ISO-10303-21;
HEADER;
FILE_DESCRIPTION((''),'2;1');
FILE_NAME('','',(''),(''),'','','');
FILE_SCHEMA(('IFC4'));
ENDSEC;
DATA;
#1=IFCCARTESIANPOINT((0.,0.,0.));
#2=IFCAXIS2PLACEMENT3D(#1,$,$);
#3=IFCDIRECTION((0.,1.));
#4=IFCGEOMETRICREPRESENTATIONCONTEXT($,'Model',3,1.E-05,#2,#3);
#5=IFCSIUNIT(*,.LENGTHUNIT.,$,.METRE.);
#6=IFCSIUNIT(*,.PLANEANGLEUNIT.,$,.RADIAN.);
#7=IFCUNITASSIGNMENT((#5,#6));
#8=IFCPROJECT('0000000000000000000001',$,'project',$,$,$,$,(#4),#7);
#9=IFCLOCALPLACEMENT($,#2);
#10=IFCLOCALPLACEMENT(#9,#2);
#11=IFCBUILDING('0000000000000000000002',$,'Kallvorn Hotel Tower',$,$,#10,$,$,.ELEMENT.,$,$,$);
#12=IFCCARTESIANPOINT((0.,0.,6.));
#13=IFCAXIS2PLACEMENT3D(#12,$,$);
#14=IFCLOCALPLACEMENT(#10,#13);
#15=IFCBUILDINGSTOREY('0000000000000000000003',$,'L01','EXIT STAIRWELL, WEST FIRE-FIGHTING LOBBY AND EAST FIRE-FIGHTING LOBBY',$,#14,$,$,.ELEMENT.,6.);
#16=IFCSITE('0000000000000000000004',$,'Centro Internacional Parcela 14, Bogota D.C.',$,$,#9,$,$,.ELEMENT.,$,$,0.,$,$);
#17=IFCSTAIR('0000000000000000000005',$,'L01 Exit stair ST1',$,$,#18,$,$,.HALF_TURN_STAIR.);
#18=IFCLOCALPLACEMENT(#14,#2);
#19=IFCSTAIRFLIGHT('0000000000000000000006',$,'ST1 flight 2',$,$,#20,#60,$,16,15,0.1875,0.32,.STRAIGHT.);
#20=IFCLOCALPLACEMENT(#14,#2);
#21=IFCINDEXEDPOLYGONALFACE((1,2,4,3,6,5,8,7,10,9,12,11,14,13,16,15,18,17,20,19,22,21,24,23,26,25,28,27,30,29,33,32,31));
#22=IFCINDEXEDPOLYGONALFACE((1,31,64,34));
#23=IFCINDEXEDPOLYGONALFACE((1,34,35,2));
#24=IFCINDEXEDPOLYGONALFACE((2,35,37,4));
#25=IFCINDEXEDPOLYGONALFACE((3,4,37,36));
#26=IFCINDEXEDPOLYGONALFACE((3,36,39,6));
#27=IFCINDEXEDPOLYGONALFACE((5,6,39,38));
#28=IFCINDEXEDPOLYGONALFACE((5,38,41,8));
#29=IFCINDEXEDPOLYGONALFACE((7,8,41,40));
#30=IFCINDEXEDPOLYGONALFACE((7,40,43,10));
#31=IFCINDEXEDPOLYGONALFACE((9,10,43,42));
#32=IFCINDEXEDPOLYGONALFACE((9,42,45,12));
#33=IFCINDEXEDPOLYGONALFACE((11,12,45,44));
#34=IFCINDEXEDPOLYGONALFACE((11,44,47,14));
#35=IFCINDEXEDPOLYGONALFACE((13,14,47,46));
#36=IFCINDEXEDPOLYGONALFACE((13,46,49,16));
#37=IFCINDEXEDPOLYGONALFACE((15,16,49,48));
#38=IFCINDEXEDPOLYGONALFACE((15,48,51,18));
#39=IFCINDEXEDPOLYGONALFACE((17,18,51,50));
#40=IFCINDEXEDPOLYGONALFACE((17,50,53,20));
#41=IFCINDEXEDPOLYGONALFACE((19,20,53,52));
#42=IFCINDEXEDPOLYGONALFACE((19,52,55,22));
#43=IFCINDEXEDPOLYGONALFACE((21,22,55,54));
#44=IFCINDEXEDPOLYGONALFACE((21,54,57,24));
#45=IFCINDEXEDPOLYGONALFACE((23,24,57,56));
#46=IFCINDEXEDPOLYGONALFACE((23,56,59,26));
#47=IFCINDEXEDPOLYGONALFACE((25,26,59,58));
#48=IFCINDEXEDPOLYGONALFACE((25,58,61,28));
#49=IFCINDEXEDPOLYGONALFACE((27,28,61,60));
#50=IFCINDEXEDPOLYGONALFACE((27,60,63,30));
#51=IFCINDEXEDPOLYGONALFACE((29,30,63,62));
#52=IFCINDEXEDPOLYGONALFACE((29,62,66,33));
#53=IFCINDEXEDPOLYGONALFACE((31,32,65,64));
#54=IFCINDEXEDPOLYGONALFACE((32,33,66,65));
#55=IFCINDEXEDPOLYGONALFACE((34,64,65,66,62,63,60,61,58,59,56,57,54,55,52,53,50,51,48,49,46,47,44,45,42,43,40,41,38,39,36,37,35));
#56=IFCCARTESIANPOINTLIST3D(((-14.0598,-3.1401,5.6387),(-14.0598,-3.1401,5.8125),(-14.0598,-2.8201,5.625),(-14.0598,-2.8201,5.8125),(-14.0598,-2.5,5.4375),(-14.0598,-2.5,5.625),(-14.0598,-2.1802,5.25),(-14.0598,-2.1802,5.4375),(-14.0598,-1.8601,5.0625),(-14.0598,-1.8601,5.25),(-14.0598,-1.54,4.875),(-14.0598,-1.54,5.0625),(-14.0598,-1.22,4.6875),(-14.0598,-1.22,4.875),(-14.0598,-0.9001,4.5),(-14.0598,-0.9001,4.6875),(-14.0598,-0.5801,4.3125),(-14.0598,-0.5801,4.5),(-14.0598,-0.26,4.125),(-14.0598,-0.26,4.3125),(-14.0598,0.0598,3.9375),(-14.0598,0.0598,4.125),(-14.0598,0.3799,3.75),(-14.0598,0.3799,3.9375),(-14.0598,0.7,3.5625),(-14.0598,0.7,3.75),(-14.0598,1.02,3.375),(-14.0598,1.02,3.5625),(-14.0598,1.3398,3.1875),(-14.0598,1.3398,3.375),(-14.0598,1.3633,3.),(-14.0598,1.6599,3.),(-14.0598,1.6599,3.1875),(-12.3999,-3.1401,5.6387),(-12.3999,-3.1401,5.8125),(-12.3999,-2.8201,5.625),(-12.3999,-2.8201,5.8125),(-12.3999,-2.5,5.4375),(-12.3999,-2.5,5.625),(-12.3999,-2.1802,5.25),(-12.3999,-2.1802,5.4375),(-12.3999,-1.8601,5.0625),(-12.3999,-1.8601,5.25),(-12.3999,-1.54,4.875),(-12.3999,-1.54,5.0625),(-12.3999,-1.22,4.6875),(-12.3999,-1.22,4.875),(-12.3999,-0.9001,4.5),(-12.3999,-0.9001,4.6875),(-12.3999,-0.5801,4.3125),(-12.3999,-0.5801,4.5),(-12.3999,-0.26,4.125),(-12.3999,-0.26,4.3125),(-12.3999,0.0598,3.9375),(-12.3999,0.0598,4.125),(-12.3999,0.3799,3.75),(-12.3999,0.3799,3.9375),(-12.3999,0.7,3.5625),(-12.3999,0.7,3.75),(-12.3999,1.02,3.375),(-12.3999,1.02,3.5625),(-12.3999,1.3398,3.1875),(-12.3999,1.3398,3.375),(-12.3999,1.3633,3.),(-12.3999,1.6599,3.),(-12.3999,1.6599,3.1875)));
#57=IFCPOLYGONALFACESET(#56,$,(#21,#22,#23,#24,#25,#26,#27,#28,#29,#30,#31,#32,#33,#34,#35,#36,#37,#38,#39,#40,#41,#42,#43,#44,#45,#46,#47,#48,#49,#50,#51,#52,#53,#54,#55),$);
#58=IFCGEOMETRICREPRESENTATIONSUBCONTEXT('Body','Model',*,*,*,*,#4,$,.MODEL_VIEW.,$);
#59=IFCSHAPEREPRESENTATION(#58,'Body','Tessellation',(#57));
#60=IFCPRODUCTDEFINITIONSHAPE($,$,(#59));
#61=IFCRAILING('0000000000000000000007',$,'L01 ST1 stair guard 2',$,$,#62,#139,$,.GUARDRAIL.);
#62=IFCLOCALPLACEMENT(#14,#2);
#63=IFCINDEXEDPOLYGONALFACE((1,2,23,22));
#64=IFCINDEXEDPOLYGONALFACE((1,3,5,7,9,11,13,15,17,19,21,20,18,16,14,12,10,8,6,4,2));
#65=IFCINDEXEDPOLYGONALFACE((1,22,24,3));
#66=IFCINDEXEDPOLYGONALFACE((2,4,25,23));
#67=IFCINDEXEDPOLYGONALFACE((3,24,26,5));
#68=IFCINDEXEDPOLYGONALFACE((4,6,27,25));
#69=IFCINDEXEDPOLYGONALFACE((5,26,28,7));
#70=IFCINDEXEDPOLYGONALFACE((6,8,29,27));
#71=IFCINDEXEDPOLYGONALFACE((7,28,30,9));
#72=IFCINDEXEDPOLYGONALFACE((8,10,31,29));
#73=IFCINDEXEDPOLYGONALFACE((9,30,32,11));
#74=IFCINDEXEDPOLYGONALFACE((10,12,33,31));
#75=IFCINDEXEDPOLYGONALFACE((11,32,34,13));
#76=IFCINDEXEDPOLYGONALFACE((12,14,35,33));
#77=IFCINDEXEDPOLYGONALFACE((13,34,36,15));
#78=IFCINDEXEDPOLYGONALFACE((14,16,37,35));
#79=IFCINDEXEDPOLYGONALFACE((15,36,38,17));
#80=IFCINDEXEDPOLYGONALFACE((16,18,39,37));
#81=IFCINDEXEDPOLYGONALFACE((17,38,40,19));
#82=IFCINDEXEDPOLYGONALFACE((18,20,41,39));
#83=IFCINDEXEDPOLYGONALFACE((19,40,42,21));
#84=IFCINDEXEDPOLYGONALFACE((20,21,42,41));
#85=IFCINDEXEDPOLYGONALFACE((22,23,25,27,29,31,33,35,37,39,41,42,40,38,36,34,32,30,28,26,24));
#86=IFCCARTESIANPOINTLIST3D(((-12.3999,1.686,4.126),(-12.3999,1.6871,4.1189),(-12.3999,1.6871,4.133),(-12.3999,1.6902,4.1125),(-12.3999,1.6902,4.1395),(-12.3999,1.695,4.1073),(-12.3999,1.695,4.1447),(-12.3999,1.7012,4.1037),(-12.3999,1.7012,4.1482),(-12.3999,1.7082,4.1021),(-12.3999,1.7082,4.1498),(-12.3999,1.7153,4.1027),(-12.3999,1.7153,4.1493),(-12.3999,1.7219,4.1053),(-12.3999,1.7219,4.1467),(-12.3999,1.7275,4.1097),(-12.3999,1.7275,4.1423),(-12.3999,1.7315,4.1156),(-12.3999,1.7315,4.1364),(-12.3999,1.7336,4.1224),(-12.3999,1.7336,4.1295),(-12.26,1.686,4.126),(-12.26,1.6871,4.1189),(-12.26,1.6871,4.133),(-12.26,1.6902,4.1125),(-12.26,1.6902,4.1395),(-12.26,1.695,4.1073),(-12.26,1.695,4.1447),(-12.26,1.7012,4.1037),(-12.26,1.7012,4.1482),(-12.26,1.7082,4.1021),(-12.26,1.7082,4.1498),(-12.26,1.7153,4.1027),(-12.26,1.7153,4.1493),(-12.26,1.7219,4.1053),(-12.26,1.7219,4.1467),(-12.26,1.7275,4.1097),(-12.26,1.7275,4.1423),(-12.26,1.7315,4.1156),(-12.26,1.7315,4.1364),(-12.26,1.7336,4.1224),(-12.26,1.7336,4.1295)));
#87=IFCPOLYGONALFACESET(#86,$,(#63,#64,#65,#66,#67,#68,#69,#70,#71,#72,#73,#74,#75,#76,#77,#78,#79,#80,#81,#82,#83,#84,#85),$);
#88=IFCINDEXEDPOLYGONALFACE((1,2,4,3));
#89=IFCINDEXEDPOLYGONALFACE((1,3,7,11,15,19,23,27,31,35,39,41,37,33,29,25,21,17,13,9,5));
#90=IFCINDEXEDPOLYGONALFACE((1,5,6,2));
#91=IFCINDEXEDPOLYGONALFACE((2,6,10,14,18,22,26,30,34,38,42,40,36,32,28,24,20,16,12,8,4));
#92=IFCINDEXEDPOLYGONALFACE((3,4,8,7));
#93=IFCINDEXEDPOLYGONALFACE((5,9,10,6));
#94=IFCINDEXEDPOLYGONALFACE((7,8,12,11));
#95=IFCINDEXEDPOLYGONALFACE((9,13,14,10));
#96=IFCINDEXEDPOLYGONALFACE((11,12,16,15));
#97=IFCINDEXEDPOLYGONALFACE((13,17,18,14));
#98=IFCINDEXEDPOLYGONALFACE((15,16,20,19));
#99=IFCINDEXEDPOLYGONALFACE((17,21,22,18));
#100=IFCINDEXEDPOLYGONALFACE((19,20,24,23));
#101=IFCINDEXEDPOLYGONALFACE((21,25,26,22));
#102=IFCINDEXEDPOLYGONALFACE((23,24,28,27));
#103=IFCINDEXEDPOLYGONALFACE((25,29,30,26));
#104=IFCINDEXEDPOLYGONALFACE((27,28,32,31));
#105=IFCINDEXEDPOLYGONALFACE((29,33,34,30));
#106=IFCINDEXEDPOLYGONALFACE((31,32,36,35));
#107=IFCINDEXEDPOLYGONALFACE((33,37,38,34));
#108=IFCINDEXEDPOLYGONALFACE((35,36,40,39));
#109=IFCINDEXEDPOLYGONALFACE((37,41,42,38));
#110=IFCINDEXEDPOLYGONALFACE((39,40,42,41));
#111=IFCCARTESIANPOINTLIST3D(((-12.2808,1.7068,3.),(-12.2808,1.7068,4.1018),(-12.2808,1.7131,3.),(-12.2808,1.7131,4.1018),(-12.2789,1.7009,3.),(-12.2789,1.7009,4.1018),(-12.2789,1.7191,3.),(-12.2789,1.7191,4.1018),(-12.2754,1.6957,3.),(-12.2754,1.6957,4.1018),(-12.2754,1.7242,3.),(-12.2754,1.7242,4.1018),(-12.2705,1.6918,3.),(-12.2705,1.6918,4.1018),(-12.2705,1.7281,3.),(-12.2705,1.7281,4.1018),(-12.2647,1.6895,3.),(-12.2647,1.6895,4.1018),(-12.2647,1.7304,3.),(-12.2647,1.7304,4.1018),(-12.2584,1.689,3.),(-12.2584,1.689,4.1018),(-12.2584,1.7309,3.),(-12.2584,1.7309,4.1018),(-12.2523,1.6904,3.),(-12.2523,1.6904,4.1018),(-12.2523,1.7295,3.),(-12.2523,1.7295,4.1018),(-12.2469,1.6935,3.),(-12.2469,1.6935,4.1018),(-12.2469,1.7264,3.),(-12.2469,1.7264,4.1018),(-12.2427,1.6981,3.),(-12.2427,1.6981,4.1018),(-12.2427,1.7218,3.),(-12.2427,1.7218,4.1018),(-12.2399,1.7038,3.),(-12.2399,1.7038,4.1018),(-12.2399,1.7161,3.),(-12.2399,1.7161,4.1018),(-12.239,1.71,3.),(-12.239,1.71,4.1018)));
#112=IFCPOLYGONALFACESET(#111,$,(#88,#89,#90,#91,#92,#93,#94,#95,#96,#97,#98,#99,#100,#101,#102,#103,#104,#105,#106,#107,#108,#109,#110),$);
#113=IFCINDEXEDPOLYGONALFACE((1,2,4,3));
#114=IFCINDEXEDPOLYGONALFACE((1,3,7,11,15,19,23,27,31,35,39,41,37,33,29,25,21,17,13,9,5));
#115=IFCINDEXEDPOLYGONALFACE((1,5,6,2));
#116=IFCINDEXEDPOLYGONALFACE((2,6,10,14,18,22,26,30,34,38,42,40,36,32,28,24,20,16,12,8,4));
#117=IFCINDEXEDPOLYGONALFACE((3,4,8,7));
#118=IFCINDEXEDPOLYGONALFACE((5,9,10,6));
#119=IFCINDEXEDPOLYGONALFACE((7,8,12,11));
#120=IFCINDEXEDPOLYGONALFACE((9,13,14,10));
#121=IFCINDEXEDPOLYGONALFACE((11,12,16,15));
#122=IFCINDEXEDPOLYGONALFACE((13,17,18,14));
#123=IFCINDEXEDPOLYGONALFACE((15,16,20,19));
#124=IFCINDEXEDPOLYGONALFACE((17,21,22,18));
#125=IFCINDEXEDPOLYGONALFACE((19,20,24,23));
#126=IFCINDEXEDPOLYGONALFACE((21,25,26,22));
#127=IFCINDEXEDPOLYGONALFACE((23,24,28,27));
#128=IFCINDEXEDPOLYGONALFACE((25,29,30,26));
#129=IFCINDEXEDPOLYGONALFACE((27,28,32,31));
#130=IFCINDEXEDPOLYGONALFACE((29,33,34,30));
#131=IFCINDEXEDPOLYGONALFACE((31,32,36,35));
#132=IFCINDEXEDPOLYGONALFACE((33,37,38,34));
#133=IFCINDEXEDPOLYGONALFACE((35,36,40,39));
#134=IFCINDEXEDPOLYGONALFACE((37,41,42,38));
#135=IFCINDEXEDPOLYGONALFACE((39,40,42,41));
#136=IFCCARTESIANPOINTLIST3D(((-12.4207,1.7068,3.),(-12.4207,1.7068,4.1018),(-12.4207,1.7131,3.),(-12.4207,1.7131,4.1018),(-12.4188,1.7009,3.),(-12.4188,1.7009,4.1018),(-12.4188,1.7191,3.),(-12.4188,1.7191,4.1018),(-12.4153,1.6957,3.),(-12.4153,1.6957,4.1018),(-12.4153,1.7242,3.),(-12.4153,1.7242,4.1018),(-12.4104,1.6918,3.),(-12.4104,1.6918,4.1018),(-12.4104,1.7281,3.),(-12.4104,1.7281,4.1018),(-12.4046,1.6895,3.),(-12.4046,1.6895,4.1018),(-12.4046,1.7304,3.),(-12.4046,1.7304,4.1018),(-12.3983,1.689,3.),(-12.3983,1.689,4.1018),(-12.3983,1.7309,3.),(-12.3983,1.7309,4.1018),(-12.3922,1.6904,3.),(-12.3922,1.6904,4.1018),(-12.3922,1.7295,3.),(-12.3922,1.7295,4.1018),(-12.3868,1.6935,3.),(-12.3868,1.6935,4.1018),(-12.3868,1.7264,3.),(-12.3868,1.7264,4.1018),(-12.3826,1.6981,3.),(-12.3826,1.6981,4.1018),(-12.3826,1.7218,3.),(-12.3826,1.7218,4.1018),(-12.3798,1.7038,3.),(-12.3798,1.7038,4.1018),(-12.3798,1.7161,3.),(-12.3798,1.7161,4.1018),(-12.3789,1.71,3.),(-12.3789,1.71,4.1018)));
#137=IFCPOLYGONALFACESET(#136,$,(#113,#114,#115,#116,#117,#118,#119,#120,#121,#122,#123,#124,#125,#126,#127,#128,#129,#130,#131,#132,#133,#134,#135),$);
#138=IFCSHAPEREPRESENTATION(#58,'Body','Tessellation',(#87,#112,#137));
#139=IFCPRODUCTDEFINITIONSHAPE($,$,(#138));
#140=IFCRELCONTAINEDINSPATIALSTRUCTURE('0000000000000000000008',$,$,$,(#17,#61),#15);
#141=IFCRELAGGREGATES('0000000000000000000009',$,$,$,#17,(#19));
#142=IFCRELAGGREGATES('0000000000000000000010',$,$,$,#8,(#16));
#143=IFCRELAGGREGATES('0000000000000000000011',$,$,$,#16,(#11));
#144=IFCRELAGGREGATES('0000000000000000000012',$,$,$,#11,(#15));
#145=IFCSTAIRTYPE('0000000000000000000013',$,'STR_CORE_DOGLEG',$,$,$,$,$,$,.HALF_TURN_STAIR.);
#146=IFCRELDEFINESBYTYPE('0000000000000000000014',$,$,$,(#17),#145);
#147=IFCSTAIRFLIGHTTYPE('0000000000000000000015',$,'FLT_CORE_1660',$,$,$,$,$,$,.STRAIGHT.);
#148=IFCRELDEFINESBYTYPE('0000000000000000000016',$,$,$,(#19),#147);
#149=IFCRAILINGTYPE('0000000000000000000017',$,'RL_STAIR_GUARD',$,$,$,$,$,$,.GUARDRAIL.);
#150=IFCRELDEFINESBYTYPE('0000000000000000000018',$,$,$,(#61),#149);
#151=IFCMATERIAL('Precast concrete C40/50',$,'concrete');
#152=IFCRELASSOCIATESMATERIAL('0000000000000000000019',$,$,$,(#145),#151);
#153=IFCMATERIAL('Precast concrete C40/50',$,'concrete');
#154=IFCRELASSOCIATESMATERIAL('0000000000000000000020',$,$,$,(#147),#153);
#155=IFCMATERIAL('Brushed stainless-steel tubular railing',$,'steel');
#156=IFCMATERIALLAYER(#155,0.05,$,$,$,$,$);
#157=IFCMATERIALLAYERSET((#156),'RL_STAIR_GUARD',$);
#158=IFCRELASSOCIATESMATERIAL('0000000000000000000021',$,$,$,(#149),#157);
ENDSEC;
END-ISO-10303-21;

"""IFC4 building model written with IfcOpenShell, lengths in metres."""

from ifc_helpers import new_model, si_unit, direction, frame, origin, origin_2d, place, context, subcontext, project, spatial, polyline, circle, outline, extrude, material, layer, layer_set, type_object, element, aggregate, save


model = new_model("IFC4")

# Units and contexts
model_context = context("Model", 3, precision=1e-05, world=origin(), true_north=direction((0.0, 1.0)))
body_context = subcontext(model_context, "Body", "Model", "MODEL_VIEW")
ifc_project = project(units=[si_unit("LENGTHUNIT", "METRE"), si_unit("PLANEANGLEUNIT", "RADIAN")], contexts=[model_context])

# Site, building, storey
site_placement = place(None, origin())
site = spatial("IfcSite", under=ifc_project, at=site_placement, Name="Centro Internacional Parcela 14, Bogota D.C.", CompositionType="ELEMENT", RefElevation=0.0)
building_placement = place(site_placement, origin())
building = spatial("IfcBuilding", under=site, at=building_placement, Name="Kallvorn Hotel Tower", CompositionType="ELEMENT")
storey_placement = place(building_placement, frame((0.0, 0.0, 6.0)))
storey = spatial("IfcBuildingStorey", under=building, at=storey_placement, Name="L01", Description="EXIT STAIRWELL, WEST FIRE-FIGHTING LOBBY AND EAST FIRE-FIGHTING LOBBY", CompositionType="ELEMENT", Elevation=6.0)

# Stair, stair flight
ifc_material_1 = material(Name="Precast concrete C40/50", Category="concrete")
stair_type = type_object("IfcStairType", Name="STR_CORE_DOGLEG", PredefinedType="HALF_TURN_STAIR", material=ifc_material_1)
stair_placement = place(storey_placement, origin())
stair = element("IfcStair", 1, at=stair_placement, inside=storey, type_object=stair_type, Name="L01 Exit stair ST1", PredefinedType="HALF_TURN_STAIR")
ifc_material_2 = material(Name="Precast concrete C40/50", Category="concrete")
stair_flight_type = type_object("IfcStairFlightType", Name="FLT_CORE_1660", PredefinedType="STRAIGHT", material=ifc_material_2)
stair_flight_placement = place(storey_placement, frame((-13.23, 1.6599, 3.0), z_axis=(0.0, 0.0, 1.0), x_axis=(0.0, -1.0, 0.0)))
stair_flight = element("IfcStairFlight", 2, at=stair_flight_placement, type_object=stair_flight_type, Name="ST1 flight 2", NumberOfRisers=16, NumberOfTreads=15, PredefinedType="STRAIGHT", RiserHeight=0.1875, TreadLength=0.32, context=body_context, shape_type="SweptSolid", body=[
    extrude(outline(polyline([(0.0, 0.0), (0.0, 0.1875), (0.3201, 0.1875), (0.3201, 0.375), (0.6399, 0.375), (0.6399, 0.5625), (0.96, 0.5625), (0.96, 0.75), (1.28, 0.75), (1.28, 0.9375), (1.6001, 0.9375), (1.6001, 1.125), (1.9199, 1.125), (1.9199, 1.3125), (2.24, 1.3125), (2.24, 1.5), (2.5601, 1.5), (2.5601, 1.6875), (2.8799, 1.6875), (2.8799, 1.875), (3.2, 1.875), (3.2, 2.0625), (3.52, 2.0625), (3.52, 2.25), (3.8401, 2.25), (3.8401, 2.4375), (4.1599, 2.4375), (4.1599, 2.625), (4.48, 2.625), (4.48, 2.8125), (4.8, 2.8125), (4.8, 3.0), (4.8, 2.6387), (0.2966, 0.0), (0.0, 0.0)])), frame((0.0, 0.8301, 0.0), z_axis=(0.0, -1.0, 0.0), x_axis=(1.0, 0.0, 0.0)), (0.0, 0.0, 1.0), 1.6599),
])
aggregate(stair, [stair_flight])

# Railing
ifc_material_3 = material(Name="Brushed stainless-steel tubular railing", Category="steel")
ifc_layer_1 = layer(ifc_material_3, 0.05)
ifc_layer_set_1 = layer_set([ifc_layer_1], Name="RL_STAIR_GUARD")
railing_type_1 = type_object("IfcRailingType", Name="RL_STAIR_GUARD", PredefinedType="GUARDRAIL", material=ifc_layer_set_1)
railing_1_placement = place(storey_placement, frame((-12.26, 1.71, 3.0)))
element("IfcRailing", 3, at=railing_1_placement, inside=storey, type_object=railing_type_1, Name="L01 ST1 stair guard 2", PredefinedType="GUARDRAIL", context=body_context, shape_type="SweptSolid", body=[
    extrude(circle(Radius=0.0239, at=origin_2d()), frame((0.0, 0.0, 1.126), z_axis=(-1.0, 0.0, 0.0), x_axis=(0.0, -1.0, 0.0)), (0.0, 0.0, 1.0), 0.1399),
    extrude(circle(Radius=0.021, at=origin_2d()), origin(), (0.0, 0.0, 1.0), 1.1018),
    extrude(circle(Radius=0.021, at=origin_2d()), frame((-0.1399, 0.0, 0.0)), (0.0, 0.0, 1.0), 1.1018),
])

save(model, "model.ifc")
